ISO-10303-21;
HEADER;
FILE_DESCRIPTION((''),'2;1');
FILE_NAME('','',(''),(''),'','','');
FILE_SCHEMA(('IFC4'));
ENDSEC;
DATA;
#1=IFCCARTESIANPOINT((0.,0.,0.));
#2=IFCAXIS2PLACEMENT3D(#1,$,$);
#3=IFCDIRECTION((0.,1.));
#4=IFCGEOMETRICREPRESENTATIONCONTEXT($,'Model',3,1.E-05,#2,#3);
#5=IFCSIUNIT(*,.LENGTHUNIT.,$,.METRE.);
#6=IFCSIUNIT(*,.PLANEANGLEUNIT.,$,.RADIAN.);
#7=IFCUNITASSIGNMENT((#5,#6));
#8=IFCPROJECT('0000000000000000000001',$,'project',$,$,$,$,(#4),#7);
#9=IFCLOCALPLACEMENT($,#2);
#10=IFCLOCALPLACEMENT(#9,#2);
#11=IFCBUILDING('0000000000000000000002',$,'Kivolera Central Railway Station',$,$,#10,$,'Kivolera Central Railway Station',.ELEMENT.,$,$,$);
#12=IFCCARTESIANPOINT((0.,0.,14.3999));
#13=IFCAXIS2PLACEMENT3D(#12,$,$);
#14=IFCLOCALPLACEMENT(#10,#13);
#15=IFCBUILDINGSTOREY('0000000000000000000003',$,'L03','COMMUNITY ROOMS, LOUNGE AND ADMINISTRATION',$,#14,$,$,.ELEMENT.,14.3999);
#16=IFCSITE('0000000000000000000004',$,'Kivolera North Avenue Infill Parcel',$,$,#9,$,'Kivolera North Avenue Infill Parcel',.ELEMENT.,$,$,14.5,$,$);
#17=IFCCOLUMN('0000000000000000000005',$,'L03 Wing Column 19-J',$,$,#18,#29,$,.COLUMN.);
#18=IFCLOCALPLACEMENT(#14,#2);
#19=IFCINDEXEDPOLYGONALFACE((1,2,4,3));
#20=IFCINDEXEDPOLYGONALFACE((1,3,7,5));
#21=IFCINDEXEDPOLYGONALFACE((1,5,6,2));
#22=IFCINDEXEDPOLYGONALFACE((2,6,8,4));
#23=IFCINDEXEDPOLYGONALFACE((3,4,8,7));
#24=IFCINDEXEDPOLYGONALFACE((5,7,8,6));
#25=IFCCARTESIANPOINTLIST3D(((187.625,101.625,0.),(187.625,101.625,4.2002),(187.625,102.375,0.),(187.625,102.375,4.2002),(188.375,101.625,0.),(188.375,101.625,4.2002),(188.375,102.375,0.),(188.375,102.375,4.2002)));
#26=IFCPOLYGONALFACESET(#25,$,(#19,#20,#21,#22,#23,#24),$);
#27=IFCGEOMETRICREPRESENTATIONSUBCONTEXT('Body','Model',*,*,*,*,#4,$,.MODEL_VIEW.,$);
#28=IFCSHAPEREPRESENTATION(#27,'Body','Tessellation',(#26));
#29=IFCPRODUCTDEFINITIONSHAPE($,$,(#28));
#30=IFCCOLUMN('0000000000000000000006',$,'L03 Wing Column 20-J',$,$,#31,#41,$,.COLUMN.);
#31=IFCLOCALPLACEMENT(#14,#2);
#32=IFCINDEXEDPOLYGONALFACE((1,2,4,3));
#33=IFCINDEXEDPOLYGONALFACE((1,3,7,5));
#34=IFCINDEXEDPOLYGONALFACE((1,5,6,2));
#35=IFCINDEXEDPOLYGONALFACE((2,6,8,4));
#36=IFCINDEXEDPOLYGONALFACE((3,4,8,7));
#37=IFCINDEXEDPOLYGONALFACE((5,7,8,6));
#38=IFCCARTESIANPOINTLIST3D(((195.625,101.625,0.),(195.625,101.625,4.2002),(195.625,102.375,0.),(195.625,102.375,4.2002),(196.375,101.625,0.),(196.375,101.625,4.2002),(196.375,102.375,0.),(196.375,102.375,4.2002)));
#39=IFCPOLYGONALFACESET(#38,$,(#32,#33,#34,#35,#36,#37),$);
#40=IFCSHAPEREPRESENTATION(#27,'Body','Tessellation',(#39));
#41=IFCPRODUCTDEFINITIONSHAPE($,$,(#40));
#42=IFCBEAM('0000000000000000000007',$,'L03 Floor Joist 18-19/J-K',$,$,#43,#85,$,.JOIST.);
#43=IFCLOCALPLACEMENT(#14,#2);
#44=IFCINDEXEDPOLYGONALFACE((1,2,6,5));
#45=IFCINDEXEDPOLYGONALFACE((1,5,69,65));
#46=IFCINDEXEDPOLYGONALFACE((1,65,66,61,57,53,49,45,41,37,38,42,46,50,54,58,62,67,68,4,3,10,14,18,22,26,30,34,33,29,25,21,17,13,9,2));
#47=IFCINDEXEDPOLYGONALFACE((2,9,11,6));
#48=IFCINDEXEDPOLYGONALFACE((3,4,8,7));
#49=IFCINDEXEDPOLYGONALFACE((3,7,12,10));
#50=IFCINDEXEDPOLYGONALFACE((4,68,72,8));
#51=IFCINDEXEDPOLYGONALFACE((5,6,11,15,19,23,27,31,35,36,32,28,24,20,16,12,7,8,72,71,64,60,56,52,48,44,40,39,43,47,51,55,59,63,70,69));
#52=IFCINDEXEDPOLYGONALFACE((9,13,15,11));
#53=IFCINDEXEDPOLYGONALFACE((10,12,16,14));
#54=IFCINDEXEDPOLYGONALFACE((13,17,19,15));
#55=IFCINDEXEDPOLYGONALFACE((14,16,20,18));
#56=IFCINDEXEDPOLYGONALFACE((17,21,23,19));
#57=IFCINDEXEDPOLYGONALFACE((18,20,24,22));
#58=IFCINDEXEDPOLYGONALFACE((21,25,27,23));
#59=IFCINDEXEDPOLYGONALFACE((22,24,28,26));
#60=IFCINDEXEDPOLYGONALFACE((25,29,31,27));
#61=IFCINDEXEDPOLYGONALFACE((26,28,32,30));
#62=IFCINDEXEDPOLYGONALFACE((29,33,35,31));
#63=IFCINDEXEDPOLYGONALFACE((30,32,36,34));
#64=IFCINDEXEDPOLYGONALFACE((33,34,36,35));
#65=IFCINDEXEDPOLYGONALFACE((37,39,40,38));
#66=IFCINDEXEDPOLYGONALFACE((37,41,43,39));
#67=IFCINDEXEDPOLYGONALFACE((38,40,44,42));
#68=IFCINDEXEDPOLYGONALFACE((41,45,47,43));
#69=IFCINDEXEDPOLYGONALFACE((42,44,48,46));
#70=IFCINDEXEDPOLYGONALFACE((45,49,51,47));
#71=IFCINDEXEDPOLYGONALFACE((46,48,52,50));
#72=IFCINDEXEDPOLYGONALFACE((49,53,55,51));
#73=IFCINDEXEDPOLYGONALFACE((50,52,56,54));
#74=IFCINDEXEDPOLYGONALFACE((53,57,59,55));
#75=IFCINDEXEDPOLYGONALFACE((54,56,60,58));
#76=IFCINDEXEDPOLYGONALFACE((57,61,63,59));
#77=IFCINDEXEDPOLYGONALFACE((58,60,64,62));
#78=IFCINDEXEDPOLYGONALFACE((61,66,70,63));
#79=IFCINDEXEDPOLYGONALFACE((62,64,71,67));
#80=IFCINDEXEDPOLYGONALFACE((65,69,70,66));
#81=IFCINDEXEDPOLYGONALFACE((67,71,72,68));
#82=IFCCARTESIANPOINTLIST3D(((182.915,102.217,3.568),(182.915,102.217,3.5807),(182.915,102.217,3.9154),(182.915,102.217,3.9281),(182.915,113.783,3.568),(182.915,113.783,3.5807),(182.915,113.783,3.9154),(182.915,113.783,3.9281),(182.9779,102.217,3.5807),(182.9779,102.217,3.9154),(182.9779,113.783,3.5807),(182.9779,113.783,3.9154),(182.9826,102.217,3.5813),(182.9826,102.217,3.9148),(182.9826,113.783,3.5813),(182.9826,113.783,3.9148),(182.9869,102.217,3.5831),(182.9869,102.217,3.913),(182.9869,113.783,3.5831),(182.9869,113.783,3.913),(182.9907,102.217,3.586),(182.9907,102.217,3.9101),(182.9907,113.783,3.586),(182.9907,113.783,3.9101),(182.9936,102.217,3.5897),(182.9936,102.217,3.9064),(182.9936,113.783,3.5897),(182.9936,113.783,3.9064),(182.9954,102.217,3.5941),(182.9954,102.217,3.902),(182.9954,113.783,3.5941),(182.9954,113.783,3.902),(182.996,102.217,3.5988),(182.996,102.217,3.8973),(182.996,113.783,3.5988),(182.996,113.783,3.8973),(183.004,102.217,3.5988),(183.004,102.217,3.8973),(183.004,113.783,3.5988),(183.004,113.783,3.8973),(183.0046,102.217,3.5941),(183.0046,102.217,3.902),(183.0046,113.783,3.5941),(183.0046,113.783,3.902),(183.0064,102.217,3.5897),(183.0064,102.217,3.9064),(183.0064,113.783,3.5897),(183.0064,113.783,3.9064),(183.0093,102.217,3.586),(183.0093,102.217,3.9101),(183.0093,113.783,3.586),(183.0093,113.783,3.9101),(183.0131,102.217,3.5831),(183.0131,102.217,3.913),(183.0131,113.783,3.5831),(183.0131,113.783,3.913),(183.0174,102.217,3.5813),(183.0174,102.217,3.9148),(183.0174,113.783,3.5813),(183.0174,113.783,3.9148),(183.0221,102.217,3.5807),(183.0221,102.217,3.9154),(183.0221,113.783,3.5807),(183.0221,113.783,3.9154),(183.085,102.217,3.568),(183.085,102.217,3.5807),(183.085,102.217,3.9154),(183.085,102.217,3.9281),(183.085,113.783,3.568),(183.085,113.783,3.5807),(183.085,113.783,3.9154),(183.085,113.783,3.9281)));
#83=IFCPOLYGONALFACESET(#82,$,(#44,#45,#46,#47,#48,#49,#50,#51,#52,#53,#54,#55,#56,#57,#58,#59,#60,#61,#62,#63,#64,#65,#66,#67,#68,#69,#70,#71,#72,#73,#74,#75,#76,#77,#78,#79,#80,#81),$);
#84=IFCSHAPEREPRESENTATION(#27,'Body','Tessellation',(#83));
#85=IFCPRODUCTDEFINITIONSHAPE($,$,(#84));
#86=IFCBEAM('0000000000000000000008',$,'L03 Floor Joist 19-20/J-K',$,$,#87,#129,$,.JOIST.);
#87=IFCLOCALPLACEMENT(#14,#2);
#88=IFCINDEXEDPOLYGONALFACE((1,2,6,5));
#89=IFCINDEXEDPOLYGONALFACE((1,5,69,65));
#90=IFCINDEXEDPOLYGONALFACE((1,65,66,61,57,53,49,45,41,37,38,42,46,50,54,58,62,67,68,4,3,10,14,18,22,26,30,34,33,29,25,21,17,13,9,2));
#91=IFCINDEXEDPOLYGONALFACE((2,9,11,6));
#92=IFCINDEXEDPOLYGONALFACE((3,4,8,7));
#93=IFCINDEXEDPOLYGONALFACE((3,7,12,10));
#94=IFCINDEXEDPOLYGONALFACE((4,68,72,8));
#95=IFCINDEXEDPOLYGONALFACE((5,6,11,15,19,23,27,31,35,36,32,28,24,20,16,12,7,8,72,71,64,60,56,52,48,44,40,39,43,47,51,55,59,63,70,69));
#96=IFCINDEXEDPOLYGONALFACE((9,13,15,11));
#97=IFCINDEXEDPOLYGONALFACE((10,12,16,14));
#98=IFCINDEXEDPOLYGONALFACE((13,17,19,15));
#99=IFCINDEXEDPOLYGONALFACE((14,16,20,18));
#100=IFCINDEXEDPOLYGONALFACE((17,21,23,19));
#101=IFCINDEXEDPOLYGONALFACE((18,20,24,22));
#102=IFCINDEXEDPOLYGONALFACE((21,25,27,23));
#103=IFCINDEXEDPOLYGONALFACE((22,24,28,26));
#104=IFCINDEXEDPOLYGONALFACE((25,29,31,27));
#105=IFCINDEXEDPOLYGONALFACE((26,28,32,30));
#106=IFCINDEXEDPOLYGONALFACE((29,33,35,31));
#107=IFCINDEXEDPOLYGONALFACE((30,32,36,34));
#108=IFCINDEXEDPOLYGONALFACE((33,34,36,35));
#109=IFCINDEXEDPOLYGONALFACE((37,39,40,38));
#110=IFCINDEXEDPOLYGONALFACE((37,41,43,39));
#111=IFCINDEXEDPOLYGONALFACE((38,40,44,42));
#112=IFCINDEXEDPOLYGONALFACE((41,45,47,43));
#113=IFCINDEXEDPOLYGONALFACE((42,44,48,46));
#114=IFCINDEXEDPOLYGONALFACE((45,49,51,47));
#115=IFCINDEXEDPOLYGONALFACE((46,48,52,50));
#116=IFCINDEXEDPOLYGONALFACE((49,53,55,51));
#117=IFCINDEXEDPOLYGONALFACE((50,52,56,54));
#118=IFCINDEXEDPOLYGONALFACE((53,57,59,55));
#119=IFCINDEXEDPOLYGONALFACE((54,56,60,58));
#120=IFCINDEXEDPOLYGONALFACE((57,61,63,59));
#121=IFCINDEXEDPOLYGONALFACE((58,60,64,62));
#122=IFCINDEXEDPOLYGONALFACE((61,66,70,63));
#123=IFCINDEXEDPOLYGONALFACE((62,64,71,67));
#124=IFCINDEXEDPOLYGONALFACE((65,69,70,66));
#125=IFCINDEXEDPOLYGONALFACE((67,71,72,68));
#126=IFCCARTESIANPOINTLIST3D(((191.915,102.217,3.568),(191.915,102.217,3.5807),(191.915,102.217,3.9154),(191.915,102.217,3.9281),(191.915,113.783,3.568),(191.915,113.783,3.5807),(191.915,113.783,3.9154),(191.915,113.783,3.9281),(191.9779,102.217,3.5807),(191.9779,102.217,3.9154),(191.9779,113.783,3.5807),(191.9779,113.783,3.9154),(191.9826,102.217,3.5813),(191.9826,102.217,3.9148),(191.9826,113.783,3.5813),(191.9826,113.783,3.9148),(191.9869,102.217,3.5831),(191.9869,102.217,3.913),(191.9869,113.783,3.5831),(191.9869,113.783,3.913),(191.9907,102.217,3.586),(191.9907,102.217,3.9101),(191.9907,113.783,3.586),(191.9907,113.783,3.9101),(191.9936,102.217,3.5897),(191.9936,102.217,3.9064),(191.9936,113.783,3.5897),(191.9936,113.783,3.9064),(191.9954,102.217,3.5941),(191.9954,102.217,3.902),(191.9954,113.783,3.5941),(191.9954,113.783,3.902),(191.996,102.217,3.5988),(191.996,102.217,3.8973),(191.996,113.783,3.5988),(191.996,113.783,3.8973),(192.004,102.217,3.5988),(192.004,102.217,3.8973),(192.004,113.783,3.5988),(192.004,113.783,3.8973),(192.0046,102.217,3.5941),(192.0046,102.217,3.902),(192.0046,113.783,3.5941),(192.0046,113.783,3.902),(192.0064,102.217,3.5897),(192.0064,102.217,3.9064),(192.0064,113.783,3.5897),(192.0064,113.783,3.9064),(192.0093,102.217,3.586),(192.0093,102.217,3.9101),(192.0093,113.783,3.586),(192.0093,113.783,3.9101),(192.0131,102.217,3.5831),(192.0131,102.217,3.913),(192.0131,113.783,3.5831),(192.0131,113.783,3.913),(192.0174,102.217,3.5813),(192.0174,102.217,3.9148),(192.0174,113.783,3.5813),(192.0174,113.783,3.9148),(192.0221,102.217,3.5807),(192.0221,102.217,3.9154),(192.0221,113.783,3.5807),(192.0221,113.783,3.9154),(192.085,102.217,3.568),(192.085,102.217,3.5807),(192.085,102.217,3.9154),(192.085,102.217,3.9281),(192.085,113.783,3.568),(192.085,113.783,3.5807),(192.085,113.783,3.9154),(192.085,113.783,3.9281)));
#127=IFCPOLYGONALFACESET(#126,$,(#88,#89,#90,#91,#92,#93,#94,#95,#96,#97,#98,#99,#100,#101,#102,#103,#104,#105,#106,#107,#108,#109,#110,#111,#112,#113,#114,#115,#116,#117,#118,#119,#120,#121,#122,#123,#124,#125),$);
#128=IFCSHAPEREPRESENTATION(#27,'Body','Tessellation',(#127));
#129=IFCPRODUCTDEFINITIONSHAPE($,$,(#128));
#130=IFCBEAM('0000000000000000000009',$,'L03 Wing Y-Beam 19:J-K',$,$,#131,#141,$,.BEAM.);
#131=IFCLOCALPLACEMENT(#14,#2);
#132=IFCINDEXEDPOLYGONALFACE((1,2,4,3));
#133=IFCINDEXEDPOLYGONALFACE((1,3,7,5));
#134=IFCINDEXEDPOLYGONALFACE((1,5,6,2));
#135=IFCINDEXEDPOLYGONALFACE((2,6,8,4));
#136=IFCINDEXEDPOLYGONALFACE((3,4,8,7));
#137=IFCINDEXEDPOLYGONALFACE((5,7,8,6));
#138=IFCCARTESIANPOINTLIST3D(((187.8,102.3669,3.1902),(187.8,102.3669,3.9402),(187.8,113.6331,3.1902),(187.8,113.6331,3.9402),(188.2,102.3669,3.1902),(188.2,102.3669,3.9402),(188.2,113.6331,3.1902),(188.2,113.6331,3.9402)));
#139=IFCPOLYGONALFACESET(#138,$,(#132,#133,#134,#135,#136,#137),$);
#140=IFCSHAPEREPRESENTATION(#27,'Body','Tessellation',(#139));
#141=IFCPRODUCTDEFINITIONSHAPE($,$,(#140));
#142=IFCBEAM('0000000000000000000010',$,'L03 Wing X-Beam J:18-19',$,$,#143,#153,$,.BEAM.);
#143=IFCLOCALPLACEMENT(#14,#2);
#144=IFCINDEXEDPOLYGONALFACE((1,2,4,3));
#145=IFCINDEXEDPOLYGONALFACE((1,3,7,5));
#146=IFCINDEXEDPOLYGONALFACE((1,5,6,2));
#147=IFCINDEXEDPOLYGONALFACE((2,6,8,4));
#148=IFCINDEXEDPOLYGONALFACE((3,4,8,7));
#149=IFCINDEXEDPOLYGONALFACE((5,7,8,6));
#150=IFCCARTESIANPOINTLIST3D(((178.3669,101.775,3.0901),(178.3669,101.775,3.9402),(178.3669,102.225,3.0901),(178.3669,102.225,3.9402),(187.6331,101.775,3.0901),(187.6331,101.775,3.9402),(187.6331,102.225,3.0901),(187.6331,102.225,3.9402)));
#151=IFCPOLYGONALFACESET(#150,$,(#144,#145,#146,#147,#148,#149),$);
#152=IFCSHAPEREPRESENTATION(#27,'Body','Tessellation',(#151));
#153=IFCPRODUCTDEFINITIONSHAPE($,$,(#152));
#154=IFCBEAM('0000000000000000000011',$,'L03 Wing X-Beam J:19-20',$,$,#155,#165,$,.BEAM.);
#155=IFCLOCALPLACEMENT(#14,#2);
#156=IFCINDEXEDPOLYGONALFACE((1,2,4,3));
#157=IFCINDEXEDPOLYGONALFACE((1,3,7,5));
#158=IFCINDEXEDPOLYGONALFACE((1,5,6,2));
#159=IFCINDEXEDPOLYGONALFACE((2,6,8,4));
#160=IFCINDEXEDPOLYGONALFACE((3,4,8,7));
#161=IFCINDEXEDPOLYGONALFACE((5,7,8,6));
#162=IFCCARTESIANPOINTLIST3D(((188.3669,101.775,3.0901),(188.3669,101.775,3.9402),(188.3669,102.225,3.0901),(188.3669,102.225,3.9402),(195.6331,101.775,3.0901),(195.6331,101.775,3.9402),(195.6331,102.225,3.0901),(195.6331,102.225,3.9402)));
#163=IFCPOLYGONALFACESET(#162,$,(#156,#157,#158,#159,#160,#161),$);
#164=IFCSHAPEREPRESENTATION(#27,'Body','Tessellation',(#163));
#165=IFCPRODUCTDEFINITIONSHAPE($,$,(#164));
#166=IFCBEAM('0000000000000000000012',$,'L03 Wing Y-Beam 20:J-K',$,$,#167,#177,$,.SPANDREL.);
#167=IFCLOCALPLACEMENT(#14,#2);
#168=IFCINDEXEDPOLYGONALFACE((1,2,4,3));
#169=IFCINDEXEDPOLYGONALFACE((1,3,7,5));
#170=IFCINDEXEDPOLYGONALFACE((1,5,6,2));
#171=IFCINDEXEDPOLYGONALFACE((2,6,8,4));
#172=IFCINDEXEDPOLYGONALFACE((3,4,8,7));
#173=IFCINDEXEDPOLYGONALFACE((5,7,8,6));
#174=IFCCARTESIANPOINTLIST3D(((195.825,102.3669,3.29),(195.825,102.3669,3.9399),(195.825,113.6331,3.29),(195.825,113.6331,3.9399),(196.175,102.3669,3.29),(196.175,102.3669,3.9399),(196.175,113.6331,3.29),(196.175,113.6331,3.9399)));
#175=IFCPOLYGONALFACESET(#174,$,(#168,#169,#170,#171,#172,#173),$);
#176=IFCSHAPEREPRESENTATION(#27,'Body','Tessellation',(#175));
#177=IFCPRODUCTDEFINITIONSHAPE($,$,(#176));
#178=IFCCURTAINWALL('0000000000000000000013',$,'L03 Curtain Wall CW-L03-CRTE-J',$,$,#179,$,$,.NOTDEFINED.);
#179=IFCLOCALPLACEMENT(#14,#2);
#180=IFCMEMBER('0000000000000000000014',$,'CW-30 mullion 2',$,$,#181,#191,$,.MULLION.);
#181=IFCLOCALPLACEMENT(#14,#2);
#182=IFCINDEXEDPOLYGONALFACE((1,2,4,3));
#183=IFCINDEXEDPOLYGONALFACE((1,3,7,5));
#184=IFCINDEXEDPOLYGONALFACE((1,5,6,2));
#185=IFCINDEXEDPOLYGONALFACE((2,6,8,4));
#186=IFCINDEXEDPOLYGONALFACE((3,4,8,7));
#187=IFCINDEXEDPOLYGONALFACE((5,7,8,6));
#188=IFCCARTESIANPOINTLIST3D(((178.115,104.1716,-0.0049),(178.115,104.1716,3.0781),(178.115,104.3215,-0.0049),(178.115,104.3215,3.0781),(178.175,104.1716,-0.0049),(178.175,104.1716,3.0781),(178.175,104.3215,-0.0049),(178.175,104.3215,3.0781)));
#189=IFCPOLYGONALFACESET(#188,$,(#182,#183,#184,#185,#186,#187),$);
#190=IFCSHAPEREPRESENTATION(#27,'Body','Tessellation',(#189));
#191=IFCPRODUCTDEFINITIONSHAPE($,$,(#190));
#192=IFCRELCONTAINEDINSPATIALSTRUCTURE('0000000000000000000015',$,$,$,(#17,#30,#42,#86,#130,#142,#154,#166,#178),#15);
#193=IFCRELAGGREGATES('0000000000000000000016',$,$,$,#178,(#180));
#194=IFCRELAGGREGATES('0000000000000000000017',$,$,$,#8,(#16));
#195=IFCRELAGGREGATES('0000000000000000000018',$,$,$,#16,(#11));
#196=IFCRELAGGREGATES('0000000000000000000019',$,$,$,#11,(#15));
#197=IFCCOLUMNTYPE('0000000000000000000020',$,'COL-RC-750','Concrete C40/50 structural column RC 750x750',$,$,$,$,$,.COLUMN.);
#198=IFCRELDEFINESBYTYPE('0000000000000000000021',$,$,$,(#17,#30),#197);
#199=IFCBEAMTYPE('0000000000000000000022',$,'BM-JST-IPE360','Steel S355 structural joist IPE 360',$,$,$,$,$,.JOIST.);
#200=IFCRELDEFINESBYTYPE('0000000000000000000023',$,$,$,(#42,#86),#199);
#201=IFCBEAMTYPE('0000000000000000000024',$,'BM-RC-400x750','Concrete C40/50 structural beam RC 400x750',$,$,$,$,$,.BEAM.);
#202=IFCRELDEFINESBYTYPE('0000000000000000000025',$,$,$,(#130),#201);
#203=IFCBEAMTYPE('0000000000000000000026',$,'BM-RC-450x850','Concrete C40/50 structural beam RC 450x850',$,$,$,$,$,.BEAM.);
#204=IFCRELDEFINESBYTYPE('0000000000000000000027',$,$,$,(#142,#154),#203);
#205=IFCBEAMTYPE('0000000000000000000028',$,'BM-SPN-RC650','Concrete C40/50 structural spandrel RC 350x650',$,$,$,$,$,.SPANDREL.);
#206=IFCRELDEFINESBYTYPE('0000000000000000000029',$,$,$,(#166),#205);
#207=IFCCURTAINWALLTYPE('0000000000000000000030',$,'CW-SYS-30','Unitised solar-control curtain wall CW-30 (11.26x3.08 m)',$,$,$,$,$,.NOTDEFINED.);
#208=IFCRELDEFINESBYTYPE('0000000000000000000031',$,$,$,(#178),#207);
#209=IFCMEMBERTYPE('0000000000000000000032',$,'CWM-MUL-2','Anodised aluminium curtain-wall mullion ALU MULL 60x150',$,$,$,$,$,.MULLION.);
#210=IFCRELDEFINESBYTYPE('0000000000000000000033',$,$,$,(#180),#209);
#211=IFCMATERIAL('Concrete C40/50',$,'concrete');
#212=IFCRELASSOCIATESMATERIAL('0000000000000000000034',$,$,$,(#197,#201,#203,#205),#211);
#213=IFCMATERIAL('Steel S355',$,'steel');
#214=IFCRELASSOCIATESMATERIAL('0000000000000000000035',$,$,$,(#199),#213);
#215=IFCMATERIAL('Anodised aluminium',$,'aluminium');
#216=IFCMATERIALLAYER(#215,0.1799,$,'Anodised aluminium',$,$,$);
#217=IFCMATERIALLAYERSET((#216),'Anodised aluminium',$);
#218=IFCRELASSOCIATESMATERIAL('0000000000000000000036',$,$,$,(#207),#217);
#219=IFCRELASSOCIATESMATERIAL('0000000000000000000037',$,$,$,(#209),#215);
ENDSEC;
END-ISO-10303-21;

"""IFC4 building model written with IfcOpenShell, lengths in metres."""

from ifc_helpers import new_model, si_unit, direction, frame, origin, origin_2d, place, context, subcontext, project, spatial, rectangle, i_section, extrude, material, layer, layer_set, material_profile, profile_set, type_object, element, aggregate, save


model = new_model("IFC4")

# Units and contexts
model_context = context("Model", 3, precision=1e-05, world=origin(), true_north=direction((0.0, 1.0)))
body_context = subcontext(model_context, "Body", "Model", "MODEL_VIEW")
ifc_project = project(units=[si_unit("LENGTHUNIT", "METRE"), si_unit("PLANEANGLEUNIT", "RADIAN")], contexts=[model_context])

# Site, building, storey
site_placement = place(None, origin())
site = spatial("IfcSite", under=ifc_project, at=site_placement, Name="Kivolera North Avenue Infill Parcel", LongName="Kivolera North Avenue Infill Parcel", CompositionType="ELEMENT", RefElevation=14.5)
building_placement = place(site_placement, origin())
building = spatial("IfcBuilding", under=site, at=building_placement, Name="Kivolera Central Railway Station", LongName="Kivolera Central Railway Station", CompositionType="ELEMENT")
storey_placement = place(building_placement, frame((0.0, 0.0, 14.3999)))
storey = spatial("IfcBuildingStorey", under=building, at=storey_placement, Name="L03", Description="COMMUNITY ROOMS, LOUNGE AND ADMINISTRATION", CompositionType="ELEMENT", Elevation=14.3999)

# Columns
ifc_material_1 = material(Name="Concrete C40/50", Category="concrete")
ifc_material_profile_1 = material_profile(ifc_material_1, rectangle(XDim=0.75, YDim=0.75, at=origin_2d()), Name="RC 750x750")
ifc_profile_set_1 = profile_set([ifc_material_profile_1], Name="Concrete C40/50")
column_type = type_object("IfcColumnType", Name="COL-RC-750", Description="Concrete C40/50 structural column RC 750x750", PredefinedType="COLUMN", material=ifc_profile_set_1)
for number, where, z_axis, x_axis, name in (
    (1, (188.0, 102.0, 0.0), (0.0, 0.0, 1.0), (1.0, 0.0, 0.0), "L03 Wing Column 19-J"),
    (2, (196.0, 102.0, 0.0), (0.0, 0.0, 1.0), (1.0, 0.0, 0.0), "L03 Wing Column 20-J"),
):
    element("IfcColumn", number, at=place(storey_placement, frame(where, z_axis=z_axis, x_axis=x_axis)), inside=storey, type_object=column_type, Name=name, PredefinedType="COLUMN", context=body_context, shape_type="SweptSolid", body=[
        extrude(rectangle(XDim=0.75, YDim=0.75, at=origin_2d()), origin(), (0.0, 0.0, 1.0), 4.2002),
    ])

# Beams
ifc_material_2 = material(Name="Steel S355", Category="steel")
ifc_material_profile_2 = material_profile(ifc_material_2, i_section(OverallWidth=0.1699, OverallDepth=0.3601, WebThickness=0.0081, FlangeThickness=0.0127, FilletRadius=0.0181, at=origin_2d()), Name="IPE 360")
ifc_profile_set_2 = profile_set([ifc_material_profile_2], Name="Steel S355")
beam_type_1 = type_object("IfcBeamType", Name="BM-JST-IPE360", Description="Steel S355 structural joist IPE 360", PredefinedType="JOIST", material=ifc_profile_set_2)
for number, where, z_axis, x_axis, name in (
    (3, (183.0, 102.217, 3.748), (0.0, 1.0, 0.0), (-1.0, 0.0, 0.0), "L03 Floor Joist 18-19/J-K"),
    (4, (192.0, 102.217, 3.748), (0.0, 1.0, 0.0), (-1.0, 0.0, 0.0), "L03 Floor Joist 19-20/J-K"),
):
    element("IfcBeam", number, at=place(storey_placement, frame(where, z_axis=z_axis, x_axis=x_axis)), inside=storey, type_object=beam_type_1, Name=name, PredefinedType="JOIST", context=body_context, shape_type="SweptSolid", body=[
        extrude(i_section(OverallWidth=0.1699, OverallDepth=0.3601, WebThickness=0.0081, FlangeThickness=0.0127, FilletRadius=0.0181, at=origin_2d()), origin(), (0.0, 0.0, 1.0), 11.5659),
    ])
ifc_material_profile_3 = material_profile(ifc_material_1, rectangle(XDim=0.3999, YDim=0.75, at=origin_2d()), Name="RC 400x750")
ifc_profile_set_3 = profile_set([ifc_material_profile_3], Name="Concrete C40/50")
beam_type_2 = type_object("IfcBeamType", Name="BM-RC-400x750", Description="Concrete C40/50 structural beam RC 400x750", PredefinedType="BEAM", material=ifc_profile_set_3)
beam_1_placement = place(storey_placement, frame((188.0, 102.3669, 3.5652), z_axis=(0.0, 1.0, 0.0), x_axis=(-1.0, 0.0, 0.0)))
element("IfcBeam", 5, at=beam_1_placement, inside=storey, type_object=beam_type_2, Name="L03 Wing Y-Beam 19:J-K", PredefinedType="BEAM", context=body_context, shape_type="SweptSolid", body=[
    extrude(rectangle(XDim=0.3999, YDim=0.75, at=origin_2d()), origin(), (0.0, 0.0, 1.0), 11.2661),
])
ifc_material_profile_4 = material_profile(ifc_material_1, rectangle(XDim=0.45, YDim=0.8501, at=origin_2d()), Name="RC 450x850")
ifc_profile_set_4 = profile_set([ifc_material_profile_4], Name="Concrete C40/50")
beam_type_3 = type_object("IfcBeamType", Name="BM-RC-450x850", Description="Concrete C40/50 structural beam RC 450x850", PredefinedType="BEAM", material=ifc_profile_set_4)
beam_2_placement = place(storey_placement, frame((178.3669, 102.0, 3.5151), z_axis=(1.0, 0.0, 0.0), x_axis=(0.0, 1.0, 0.0)))
element("IfcBeam", 6, at=beam_2_placement, inside=storey, type_object=beam_type_3, Name="L03 Wing X-Beam J:18-19", PredefinedType="BEAM", context=body_context, shape_type="SweptSolid", body=[
    extrude(rectangle(XDim=0.45, YDim=0.8501, at=origin_2d()), origin(), (0.0, 0.0, 1.0), 9.2661),
])
beam_3_placement = place(storey_placement, frame((188.3669, 102.0, 3.5151), z_axis=(1.0, 0.0, 0.0), x_axis=(0.0, 1.0, 0.0)))
element("IfcBeam", 7, at=beam_3_placement, inside=storey, type_object=beam_type_3, Name="L03 Wing X-Beam J:19-20", PredefinedType="BEAM", context=body_context, shape_type="SweptSolid", body=[
    extrude(rectangle(XDim=0.45, YDim=0.8501, at=origin_2d()), origin(), (0.0, 0.0, 1.0), 7.2661),
])
ifc_material_profile_5 = material_profile(ifc_material_1, rectangle(XDim=0.3501, YDim=0.6499, at=origin_2d()), Name="RC 350x650")
ifc_profile_set_5 = profile_set([ifc_material_profile_5], Name="Concrete C40/50")
beam_type_4 = type_object("IfcBeamType", Name="BM-SPN-RC650", Description="Concrete C40/50 structural spandrel RC 350x650", PredefinedType="SPANDREL", material=ifc_profile_set_5)
beam_4_placement = place(storey_placement, frame((196.0, 102.3669, 3.615), z_axis=(0.0, 1.0, 0.0), x_axis=(-1.0, 0.0, 0.0)))
element("IfcBeam", 8, at=beam_4_placement, inside=storey, type_object=beam_type_4, Name="L03 Wing Y-Beam 20:J-K", PredefinedType="SPANDREL", context=body_context, shape_type="SweptSolid", body=[
    extrude(rectangle(XDim=0.3501, YDim=0.6499, at=origin_2d()), origin(), (0.0, 0.0, 1.0), 11.2661),
])

# Curtain wall, member
ifc_material_3 = material(Name="Anodised aluminium", Category="aluminium")
ifc_layer_1 = layer(ifc_material_3, 0.1799, Name="Anodised aluminium")
ifc_layer_set_1 = layer_set([ifc_layer_1], Name="Anodised aluminium")
curtain_wall_type = type_object("IfcCurtainWallType", Name="CW-SYS-30", Description="Unitised solar-control curtain wall CW-30 (11.26x3.08 m)", PredefinedType="NOTDEFINED", material=ifc_layer_set_1)
curtain_wall_placement = place(storey_placement, origin())
curtain_wall = element("IfcCurtainWall", 9, at=curtain_wall_placement, inside=storey, type_object=curtain_wall_type, Name="L03 Curtain Wall CW-L03-CRTE-J", PredefinedType="NOTDEFINED")
ifc_material_profile_6 = material_profile(ifc_material_3, rectangle(XDim=0.0601, YDim=0.1499, at=origin_2d()), Name="ALU MULL 60x150")
ifc_profile_set_6 = profile_set([ifc_material_profile_6], Name="Anodised aluminium")
member_type_1 = type_object("IfcMemberType", Name="CWM-MUL-2", Description="Anodised aluminium curtain-wall mullion ALU MULL 60x150", PredefinedType="MULLION", material=ifc_profile_set_6)
member_1_placement = place(storey_placement, frame((178.145, 104.2466, -0.0049), z_axis=(0.0, 0.0, 1.0), x_axis=(-1.0, 0.0, 0.0)))
member_1 = element("IfcMember", 10, at=member_1_placement, type_object=member_type_1, Name="CW-30 mullion 2", PredefinedType="MULLION", context=body_context, shape_type="SweptSolid", body=[
    extrude(rectangle(XDim=0.0601, YDim=0.1499, at=origin_2d()), origin(), (0.0, 0.0, 1.0), 3.083),
])
aggregate(curtain_wall, [member_1])

save(model, "model.ifc")
